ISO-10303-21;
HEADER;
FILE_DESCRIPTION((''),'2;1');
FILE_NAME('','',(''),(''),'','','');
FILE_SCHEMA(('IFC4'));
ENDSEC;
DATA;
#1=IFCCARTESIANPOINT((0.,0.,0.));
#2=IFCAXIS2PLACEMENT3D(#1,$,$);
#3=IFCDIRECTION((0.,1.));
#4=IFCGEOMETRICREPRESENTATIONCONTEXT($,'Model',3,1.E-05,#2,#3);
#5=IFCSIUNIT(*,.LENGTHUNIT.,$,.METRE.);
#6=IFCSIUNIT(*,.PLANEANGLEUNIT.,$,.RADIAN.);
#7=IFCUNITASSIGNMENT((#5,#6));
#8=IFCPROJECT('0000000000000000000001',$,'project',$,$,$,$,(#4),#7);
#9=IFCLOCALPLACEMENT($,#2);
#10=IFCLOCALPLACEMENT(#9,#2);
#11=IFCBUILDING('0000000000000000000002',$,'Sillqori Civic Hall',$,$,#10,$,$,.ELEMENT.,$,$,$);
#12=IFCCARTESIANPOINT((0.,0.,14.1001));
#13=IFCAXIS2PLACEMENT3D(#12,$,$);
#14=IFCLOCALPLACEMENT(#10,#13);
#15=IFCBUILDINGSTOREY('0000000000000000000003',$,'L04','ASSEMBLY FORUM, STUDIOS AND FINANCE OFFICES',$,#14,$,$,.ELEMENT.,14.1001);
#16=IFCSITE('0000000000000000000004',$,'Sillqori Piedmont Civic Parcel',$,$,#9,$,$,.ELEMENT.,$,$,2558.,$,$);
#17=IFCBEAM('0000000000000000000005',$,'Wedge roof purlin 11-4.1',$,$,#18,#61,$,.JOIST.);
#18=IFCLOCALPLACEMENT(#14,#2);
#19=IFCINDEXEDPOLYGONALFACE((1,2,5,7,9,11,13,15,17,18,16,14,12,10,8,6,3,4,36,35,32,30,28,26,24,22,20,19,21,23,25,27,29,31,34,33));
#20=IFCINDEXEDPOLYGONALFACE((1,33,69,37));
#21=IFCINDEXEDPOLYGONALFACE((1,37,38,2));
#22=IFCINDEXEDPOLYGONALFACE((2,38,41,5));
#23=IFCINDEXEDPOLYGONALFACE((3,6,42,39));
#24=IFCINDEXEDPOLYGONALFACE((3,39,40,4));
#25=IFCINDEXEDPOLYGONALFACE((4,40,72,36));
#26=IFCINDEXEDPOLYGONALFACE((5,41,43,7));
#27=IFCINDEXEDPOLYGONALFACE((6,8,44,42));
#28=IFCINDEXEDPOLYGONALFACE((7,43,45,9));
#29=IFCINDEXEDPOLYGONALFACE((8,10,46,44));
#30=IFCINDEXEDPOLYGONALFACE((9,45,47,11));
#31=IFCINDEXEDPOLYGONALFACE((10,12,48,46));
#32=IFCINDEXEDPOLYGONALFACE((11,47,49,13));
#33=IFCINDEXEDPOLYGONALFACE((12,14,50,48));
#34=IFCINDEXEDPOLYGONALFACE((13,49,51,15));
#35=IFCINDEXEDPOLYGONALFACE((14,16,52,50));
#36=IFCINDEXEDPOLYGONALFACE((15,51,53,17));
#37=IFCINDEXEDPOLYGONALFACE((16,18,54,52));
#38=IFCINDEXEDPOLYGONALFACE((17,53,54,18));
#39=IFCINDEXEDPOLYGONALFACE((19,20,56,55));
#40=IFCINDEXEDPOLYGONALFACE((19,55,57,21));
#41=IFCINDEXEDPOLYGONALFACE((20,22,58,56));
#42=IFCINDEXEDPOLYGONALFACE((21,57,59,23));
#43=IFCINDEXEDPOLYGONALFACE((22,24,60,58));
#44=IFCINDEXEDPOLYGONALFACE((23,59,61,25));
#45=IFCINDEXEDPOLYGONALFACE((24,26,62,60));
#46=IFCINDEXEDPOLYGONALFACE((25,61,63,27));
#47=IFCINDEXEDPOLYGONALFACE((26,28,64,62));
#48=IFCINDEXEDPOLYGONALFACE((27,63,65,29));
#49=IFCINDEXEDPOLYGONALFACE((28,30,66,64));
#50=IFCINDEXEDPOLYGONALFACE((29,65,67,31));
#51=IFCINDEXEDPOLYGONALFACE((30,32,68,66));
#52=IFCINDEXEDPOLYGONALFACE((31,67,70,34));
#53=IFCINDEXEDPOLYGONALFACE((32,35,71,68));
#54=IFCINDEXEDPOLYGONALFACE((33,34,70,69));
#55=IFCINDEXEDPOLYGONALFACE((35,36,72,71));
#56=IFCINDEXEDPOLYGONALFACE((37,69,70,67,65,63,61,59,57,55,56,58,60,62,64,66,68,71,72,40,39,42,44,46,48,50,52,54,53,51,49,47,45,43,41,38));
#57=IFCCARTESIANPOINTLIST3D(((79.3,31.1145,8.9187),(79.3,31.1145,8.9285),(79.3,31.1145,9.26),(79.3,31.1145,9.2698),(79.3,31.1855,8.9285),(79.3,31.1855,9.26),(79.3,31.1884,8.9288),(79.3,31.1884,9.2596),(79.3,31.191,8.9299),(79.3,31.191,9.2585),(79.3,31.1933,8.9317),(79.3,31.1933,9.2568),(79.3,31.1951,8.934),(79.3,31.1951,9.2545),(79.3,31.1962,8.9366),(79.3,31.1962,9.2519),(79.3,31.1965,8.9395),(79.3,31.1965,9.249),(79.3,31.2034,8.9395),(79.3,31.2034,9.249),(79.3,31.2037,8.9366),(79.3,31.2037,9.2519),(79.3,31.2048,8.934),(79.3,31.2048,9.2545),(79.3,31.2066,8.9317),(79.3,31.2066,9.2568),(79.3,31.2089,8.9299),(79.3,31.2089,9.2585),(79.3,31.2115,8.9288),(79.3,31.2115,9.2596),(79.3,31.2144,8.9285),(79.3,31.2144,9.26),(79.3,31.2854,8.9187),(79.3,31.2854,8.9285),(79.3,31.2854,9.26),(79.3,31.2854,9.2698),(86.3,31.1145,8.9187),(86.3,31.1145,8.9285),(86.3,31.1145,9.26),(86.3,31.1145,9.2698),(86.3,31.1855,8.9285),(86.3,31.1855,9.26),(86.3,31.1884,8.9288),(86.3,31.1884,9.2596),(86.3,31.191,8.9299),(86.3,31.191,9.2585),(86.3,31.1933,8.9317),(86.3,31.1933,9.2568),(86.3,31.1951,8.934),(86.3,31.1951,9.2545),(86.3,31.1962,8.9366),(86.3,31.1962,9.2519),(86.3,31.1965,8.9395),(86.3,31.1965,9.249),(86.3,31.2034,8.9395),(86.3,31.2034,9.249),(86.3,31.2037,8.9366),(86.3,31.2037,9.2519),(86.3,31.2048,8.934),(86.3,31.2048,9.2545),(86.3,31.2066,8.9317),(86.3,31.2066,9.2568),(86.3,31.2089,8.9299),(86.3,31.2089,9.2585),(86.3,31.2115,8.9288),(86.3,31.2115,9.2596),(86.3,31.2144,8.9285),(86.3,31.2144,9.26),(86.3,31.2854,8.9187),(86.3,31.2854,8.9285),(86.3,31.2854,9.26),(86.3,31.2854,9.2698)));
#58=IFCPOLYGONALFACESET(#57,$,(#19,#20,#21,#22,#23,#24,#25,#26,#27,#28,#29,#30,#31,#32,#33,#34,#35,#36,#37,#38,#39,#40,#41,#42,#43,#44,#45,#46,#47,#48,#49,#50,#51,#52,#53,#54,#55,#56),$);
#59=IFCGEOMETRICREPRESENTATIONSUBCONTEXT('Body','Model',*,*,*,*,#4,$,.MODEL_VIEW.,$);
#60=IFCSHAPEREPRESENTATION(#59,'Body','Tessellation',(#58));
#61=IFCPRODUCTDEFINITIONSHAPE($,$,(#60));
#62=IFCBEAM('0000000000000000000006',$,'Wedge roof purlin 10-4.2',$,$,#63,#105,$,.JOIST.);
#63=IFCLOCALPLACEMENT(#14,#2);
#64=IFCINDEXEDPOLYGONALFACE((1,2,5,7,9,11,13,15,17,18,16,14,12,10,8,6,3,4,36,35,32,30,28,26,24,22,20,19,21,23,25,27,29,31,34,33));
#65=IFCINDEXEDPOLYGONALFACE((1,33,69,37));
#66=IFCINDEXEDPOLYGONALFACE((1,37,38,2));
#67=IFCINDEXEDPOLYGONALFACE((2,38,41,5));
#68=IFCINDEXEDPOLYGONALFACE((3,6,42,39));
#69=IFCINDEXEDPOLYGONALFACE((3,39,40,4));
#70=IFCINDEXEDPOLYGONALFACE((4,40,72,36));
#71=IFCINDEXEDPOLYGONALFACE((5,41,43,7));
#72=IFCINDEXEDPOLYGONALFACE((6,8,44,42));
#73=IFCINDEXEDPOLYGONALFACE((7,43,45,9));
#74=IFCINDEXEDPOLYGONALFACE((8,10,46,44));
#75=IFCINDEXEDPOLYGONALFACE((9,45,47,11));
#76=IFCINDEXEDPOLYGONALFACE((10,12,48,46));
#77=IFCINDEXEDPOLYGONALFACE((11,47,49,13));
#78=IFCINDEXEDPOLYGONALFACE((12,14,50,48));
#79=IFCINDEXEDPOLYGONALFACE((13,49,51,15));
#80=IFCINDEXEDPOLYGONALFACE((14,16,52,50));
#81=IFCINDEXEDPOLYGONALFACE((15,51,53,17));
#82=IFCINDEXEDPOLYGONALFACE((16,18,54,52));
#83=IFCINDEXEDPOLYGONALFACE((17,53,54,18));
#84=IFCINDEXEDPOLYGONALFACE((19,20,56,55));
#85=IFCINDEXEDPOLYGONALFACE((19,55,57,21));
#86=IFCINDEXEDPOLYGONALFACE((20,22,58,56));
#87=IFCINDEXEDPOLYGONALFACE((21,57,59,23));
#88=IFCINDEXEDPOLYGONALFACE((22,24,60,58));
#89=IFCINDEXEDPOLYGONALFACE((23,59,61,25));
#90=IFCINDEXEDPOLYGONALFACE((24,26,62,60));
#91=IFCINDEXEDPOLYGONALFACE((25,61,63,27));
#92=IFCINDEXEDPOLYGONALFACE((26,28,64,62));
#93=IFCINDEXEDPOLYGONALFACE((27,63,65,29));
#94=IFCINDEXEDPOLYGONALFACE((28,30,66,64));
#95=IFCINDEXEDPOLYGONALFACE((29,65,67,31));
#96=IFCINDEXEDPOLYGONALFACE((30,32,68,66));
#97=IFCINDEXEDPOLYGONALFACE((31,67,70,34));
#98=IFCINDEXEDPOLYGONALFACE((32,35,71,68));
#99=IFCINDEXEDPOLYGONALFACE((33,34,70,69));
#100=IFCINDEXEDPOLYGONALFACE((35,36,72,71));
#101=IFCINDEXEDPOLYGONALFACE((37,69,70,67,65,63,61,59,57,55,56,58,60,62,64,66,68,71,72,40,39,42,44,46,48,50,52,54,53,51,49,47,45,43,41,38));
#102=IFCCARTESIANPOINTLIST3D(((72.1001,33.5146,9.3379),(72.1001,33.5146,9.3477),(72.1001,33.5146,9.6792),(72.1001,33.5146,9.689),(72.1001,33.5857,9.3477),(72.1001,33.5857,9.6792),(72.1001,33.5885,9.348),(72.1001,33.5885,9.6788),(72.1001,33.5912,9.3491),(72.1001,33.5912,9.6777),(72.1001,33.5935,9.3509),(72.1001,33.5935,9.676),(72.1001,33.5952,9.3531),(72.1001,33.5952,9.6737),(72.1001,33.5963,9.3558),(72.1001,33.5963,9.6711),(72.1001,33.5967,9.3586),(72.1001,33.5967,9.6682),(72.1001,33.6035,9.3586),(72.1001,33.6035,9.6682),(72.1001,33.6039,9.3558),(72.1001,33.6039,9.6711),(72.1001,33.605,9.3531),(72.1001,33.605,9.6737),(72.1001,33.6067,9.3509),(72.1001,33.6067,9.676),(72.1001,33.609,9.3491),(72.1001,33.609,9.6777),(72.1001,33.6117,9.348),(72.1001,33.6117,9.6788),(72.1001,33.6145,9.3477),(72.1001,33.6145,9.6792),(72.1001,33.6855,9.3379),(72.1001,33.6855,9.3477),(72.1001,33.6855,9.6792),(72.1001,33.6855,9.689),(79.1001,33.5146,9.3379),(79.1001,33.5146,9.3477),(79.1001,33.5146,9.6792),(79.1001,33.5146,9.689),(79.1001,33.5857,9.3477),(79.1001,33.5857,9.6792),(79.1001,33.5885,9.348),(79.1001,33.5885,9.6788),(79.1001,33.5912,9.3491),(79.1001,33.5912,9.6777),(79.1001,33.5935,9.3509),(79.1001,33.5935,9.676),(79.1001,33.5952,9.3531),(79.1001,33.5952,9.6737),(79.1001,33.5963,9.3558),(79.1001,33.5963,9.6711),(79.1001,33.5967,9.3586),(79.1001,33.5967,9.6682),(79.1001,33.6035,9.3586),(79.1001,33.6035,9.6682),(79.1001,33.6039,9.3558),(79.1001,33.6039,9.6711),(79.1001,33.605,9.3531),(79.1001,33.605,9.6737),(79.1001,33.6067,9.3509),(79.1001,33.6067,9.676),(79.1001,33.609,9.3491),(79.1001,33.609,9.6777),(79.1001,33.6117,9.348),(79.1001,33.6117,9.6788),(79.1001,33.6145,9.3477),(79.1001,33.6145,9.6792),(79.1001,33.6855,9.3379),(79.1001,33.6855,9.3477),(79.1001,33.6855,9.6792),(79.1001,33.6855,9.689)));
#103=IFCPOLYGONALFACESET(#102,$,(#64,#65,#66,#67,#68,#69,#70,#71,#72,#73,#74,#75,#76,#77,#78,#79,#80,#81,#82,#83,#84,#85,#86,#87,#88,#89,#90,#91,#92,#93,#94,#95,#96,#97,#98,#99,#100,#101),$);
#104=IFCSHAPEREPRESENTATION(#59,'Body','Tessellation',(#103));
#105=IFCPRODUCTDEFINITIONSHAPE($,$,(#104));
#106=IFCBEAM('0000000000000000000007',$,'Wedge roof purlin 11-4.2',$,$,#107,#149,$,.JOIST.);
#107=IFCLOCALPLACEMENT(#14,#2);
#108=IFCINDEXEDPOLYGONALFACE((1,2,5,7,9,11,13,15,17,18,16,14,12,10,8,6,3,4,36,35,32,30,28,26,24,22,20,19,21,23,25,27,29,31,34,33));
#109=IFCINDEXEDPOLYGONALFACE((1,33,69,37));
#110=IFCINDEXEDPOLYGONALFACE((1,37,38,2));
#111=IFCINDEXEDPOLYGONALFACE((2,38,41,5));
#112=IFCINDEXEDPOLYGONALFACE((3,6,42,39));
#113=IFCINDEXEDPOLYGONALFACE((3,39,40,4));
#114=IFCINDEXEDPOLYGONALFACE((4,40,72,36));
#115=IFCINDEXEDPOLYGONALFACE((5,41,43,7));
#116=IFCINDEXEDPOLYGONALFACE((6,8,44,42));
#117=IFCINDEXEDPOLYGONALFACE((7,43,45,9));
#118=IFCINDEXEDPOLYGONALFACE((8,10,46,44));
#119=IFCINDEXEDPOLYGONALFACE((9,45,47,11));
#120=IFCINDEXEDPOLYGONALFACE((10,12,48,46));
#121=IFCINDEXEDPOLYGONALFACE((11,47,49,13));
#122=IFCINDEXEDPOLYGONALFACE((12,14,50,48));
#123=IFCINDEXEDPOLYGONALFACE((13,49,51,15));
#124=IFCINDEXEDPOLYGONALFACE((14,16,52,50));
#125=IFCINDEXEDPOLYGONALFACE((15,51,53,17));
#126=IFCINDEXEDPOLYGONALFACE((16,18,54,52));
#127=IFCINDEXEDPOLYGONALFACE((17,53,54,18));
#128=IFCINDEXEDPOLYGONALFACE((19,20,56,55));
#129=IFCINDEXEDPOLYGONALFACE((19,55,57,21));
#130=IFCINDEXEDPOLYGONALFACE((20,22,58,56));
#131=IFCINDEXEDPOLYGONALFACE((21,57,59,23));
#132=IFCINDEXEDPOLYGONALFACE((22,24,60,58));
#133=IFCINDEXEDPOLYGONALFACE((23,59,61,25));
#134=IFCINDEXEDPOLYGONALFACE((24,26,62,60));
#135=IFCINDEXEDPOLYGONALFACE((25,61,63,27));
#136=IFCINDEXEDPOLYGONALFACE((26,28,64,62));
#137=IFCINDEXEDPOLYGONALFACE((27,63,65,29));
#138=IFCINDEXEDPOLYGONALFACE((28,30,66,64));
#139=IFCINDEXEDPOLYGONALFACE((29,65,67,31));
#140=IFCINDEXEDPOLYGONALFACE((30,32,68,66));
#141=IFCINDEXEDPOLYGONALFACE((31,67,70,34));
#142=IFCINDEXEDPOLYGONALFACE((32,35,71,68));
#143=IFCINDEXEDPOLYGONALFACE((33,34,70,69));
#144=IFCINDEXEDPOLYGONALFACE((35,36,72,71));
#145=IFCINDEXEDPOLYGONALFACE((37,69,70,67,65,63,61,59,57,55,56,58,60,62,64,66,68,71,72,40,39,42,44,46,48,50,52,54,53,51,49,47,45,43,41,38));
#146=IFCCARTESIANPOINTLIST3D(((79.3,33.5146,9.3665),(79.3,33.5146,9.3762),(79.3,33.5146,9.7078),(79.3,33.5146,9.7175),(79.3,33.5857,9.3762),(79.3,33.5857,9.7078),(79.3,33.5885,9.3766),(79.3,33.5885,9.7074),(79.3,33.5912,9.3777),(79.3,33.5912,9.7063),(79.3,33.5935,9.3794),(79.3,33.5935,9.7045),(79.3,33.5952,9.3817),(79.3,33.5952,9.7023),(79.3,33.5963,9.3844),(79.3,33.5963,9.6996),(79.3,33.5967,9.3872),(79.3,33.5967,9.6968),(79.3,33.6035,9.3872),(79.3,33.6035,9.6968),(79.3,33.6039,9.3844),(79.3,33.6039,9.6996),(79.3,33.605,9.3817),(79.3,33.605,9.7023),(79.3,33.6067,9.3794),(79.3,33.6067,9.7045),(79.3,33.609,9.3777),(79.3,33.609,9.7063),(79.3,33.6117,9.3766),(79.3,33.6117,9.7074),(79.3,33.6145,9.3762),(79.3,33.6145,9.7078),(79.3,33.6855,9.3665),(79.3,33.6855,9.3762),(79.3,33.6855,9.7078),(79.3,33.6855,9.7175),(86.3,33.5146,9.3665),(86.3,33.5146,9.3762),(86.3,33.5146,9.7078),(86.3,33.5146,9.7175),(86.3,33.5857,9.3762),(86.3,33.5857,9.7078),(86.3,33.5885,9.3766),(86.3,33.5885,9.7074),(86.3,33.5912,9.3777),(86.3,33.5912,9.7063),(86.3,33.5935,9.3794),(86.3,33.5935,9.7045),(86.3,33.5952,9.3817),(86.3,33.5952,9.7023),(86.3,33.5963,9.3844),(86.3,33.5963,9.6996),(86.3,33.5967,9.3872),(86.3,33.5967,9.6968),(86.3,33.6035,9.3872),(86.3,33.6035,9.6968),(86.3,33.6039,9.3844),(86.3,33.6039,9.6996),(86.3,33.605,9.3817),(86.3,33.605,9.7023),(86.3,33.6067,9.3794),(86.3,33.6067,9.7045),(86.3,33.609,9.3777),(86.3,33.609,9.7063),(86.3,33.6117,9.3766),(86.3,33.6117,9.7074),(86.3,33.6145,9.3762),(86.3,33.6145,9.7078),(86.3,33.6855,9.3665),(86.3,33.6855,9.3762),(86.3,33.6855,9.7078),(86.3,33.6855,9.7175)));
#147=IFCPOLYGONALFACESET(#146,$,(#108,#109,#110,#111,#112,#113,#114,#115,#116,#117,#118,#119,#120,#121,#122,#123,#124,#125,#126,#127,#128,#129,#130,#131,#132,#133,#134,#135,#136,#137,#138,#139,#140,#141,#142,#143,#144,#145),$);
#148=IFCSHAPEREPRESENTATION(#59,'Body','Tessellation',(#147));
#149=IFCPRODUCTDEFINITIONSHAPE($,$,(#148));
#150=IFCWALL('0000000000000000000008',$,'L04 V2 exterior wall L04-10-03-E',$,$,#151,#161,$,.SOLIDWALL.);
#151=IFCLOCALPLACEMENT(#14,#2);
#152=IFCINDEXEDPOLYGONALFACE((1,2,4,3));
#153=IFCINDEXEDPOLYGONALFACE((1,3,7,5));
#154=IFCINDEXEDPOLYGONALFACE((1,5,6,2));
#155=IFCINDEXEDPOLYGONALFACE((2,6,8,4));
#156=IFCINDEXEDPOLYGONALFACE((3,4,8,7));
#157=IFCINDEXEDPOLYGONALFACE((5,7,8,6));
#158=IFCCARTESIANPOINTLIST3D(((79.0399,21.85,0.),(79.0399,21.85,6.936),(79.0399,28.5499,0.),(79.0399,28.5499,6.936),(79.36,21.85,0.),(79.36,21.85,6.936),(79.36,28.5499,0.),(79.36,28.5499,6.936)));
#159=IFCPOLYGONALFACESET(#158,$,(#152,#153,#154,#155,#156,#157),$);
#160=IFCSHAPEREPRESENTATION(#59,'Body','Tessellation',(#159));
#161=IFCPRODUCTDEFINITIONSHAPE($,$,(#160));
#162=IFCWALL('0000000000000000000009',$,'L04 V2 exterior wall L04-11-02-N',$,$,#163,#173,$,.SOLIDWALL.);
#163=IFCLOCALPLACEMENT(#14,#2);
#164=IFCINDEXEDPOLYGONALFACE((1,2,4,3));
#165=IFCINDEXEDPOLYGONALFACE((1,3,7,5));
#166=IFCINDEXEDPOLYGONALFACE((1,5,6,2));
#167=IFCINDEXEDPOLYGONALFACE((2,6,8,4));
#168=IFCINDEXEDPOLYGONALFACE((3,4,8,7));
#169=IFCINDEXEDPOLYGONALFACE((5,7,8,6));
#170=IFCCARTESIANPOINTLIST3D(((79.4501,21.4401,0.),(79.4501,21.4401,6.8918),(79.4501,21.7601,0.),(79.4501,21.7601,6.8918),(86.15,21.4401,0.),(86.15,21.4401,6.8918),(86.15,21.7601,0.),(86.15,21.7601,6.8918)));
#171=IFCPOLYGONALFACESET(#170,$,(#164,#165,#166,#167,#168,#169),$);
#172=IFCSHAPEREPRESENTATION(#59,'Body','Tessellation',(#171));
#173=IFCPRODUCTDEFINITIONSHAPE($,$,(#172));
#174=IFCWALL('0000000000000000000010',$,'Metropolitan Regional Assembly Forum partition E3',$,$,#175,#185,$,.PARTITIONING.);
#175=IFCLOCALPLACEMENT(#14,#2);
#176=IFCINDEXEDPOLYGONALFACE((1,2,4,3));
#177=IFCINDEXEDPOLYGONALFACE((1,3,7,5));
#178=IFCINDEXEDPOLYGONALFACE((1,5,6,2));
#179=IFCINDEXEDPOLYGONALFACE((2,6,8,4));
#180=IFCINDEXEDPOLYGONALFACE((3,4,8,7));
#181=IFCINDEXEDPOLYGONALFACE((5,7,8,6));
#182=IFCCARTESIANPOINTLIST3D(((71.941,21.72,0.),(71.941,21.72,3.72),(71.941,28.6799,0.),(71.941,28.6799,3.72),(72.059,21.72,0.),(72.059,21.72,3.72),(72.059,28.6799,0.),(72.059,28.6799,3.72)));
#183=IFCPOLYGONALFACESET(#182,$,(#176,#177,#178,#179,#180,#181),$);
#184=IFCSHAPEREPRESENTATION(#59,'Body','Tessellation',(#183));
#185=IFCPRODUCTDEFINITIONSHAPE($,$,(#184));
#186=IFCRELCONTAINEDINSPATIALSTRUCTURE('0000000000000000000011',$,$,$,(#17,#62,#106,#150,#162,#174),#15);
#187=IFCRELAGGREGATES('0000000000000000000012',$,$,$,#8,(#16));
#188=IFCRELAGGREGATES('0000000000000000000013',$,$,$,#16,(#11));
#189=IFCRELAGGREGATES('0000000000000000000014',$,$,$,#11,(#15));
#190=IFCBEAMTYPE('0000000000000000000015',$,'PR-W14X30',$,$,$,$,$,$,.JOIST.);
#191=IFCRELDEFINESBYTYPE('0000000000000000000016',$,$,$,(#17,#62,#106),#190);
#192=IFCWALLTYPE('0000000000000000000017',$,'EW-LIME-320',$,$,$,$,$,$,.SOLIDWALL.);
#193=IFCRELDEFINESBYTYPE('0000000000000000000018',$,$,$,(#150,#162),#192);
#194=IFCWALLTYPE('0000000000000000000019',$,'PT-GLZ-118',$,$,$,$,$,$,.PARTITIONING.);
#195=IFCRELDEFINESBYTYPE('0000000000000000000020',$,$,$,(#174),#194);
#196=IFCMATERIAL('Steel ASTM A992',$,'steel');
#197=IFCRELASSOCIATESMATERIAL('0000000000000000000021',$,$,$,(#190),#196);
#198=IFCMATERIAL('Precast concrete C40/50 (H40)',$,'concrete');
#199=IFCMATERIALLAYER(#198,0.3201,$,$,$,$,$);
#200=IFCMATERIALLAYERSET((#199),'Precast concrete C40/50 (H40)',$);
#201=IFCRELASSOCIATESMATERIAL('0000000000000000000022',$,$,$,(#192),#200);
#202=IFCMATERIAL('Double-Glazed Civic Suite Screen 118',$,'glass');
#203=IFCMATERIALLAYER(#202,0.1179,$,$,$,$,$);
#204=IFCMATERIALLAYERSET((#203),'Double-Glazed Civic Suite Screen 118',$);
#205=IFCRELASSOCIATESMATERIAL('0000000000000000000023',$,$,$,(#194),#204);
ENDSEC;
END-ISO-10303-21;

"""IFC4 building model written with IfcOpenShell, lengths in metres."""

from ifc_helpers import new_model, si_unit, direction, frame, frame_2d, origin, origin_2d, place, context, subcontext, project, spatial, rectangle, i_section, extrude, material, layer, layer_set, material_profile, profile_set, type_object, element, save


model = new_model("IFC4")

# Units and contexts
model_context = context("Model", 3, precision=1e-05, world=origin(), true_north=direction((0.0, 1.0)))
body_context = subcontext(model_context, "Body", "Model", "MODEL_VIEW")
ifc_project = project(units=[si_unit("LENGTHUNIT", "METRE"), si_unit("PLANEANGLEUNIT", "RADIAN")], contexts=[model_context])

# Site, building, storey
site_placement = place(None, origin())
site = spatial("IfcSite", under=ifc_project, at=site_placement, Name="Sillqori Piedmont Civic Parcel", CompositionType="ELEMENT", RefElevation=2558.0)
building_placement = place(site_placement, origin())
building = spatial("IfcBuilding", under=site, at=building_placement, Name="Sillqori Civic Hall", CompositionType="ELEMENT")
storey_placement = place(building_placement, frame((0.0, 0.0, 14.1001)))
storey = spatial("IfcBuildingStorey", under=building, at=storey_placement, Name="L04", Description="ASSEMBLY FORUM, STUDIOS AND FINANCE OFFICES", CompositionType="ELEMENT", Elevation=14.1001)

# Shared definitions
ifc_material_1 = material(Name="Steel ASTM A992", Category="steel")

# Beams
ifc_material_profile_1 = material_profile(ifc_material_1, i_section(OverallWidth=0.1709, OverallDepth=0.3511, WebThickness=0.0068, FlangeThickness=0.0098, FilletRadius=0.011, at=origin_2d()), Name="W14X30")
ifc_profile_set_1 = profile_set([ifc_material_profile_1], Name="Steel ASTM A992")
beam_type_1 = type_object("IfcBeamType", Name="PR-W14X30", PredefinedType="JOIST", material=ifc_profile_set_1)
for number, where, z_axis, x_axis, name in (
    (1, (79.3, 31.2, 9.0942), (1.0, 0.0, 0.0), (0.0, 1.0, 0.0), "Wedge roof purlin 11-4.1"),
    (2, (72.1001, 33.6001, 9.5134), (1.0, 0.0, 0.0), (0.0, 1.0, 0.0), "Wedge roof purlin 10-4.2"),
    (3, (79.3, 33.6001, 9.542), (1.0, 0.0, 0.0), (0.0, 1.0, 0.0), "Wedge roof purlin 11-4.2"),
):
    element("IfcBeam", number, at=place(storey_placement, frame(where, z_axis=z_axis, x_axis=x_axis)), inside=storey, type_object=beam_type_1, Name=name, PredefinedType="JOIST", context=body_context, shape_type="SweptSolid", body=[
        extrude(i_section(OverallWidth=0.1709, OverallDepth=0.3511, WebThickness=0.0068, FlangeThickness=0.0098, FilletRadius=0.011, at=origin_2d()), origin(), (0.0, 0.0, 1.0), 7.0),
    ])

# Walls
ifc_material_2 = material(Name="Precast concrete C40/50 (H40)", Category="concrete")
ifc_layer_1 = layer(ifc_material_2, 0.3201)
ifc_layer_set_1 = layer_set([ifc_layer_1], Name="Precast concrete C40/50 (H40)")
wall_type_1 = type_object("IfcWallType", Name="EW-LIME-320", PredefinedType="SOLIDWALL", material=ifc_layer_set_1)
wall_1_placement = place(storey_placement, frame((79.2, 28.55, 0.0), z_axis=(0.0, 0.0, 1.0), x_axis=(0.0, -1.0, 0.0)))
element("IfcWall", 4, at=wall_1_placement, inside=storey, type_object=wall_type_1, Name="L04 V2 exterior wall L04-10-03-E", PredefinedType="SOLIDWALL", context=body_context, shape_type="SweptSolid", body=[
    extrude(rectangle(XDim=6.7, YDim=0.3201, at=frame_2d((3.3501, 0.0))), origin(), (0.0, 0.0, 1.0), 6.936),
])
wall_2_placement = place(storey_placement, frame((79.45, 21.6001, 0.0), z_axis=(0.0, 0.0, 1.0), x_axis=(1.0, 0.0, 0.0)))
element("IfcWall", 5, at=wall_2_placement, inside=storey, type_object=wall_type_1, Name="L04 V2 exterior wall L04-11-02-N", PredefinedType="SOLIDWALL", context=body_context, shape_type="SweptSolid", body=[
    extrude(rectangle(XDim=6.7, YDim=0.3201, at=frame_2d((3.3501, 0.0))), origin(), (0.0, 0.0, 1.0), 6.8918),
])
ifc_material_3 = material(Name="Double-Glazed Civic Suite Screen 118", Category="glass")
ifc_layer_2 = layer(ifc_material_3, 0.1179)
ifc_layer_set_2 = layer_set([ifc_layer_2], Name="Double-Glazed Civic Suite Screen 118")
wall_type_2 = type_object("IfcWallType", Name="PT-GLZ-118", PredefinedType="PARTITIONING", material=ifc_layer_set_2)
wall_3_placement = place(storey_placement, frame((72.0, 28.6799, 0.0), z_axis=(0.0, 0.0, 1.0), x_axis=(0.0, -1.0, 0.0)))
element("IfcWall", 6, at=wall_3_placement, inside=storey, type_object=wall_type_2, Name="Metropolitan Regional Assembly Forum partition E3", PredefinedType="PARTITIONING", context=body_context, shape_type="SweptSolid", body=[
    extrude(rectangle(XDim=6.96, YDim=0.1179, at=frame_2d((3.48, 0.0))), origin(), (0.0, 0.0, 1.0), 3.72),
])

save(model, "model.ifc")
